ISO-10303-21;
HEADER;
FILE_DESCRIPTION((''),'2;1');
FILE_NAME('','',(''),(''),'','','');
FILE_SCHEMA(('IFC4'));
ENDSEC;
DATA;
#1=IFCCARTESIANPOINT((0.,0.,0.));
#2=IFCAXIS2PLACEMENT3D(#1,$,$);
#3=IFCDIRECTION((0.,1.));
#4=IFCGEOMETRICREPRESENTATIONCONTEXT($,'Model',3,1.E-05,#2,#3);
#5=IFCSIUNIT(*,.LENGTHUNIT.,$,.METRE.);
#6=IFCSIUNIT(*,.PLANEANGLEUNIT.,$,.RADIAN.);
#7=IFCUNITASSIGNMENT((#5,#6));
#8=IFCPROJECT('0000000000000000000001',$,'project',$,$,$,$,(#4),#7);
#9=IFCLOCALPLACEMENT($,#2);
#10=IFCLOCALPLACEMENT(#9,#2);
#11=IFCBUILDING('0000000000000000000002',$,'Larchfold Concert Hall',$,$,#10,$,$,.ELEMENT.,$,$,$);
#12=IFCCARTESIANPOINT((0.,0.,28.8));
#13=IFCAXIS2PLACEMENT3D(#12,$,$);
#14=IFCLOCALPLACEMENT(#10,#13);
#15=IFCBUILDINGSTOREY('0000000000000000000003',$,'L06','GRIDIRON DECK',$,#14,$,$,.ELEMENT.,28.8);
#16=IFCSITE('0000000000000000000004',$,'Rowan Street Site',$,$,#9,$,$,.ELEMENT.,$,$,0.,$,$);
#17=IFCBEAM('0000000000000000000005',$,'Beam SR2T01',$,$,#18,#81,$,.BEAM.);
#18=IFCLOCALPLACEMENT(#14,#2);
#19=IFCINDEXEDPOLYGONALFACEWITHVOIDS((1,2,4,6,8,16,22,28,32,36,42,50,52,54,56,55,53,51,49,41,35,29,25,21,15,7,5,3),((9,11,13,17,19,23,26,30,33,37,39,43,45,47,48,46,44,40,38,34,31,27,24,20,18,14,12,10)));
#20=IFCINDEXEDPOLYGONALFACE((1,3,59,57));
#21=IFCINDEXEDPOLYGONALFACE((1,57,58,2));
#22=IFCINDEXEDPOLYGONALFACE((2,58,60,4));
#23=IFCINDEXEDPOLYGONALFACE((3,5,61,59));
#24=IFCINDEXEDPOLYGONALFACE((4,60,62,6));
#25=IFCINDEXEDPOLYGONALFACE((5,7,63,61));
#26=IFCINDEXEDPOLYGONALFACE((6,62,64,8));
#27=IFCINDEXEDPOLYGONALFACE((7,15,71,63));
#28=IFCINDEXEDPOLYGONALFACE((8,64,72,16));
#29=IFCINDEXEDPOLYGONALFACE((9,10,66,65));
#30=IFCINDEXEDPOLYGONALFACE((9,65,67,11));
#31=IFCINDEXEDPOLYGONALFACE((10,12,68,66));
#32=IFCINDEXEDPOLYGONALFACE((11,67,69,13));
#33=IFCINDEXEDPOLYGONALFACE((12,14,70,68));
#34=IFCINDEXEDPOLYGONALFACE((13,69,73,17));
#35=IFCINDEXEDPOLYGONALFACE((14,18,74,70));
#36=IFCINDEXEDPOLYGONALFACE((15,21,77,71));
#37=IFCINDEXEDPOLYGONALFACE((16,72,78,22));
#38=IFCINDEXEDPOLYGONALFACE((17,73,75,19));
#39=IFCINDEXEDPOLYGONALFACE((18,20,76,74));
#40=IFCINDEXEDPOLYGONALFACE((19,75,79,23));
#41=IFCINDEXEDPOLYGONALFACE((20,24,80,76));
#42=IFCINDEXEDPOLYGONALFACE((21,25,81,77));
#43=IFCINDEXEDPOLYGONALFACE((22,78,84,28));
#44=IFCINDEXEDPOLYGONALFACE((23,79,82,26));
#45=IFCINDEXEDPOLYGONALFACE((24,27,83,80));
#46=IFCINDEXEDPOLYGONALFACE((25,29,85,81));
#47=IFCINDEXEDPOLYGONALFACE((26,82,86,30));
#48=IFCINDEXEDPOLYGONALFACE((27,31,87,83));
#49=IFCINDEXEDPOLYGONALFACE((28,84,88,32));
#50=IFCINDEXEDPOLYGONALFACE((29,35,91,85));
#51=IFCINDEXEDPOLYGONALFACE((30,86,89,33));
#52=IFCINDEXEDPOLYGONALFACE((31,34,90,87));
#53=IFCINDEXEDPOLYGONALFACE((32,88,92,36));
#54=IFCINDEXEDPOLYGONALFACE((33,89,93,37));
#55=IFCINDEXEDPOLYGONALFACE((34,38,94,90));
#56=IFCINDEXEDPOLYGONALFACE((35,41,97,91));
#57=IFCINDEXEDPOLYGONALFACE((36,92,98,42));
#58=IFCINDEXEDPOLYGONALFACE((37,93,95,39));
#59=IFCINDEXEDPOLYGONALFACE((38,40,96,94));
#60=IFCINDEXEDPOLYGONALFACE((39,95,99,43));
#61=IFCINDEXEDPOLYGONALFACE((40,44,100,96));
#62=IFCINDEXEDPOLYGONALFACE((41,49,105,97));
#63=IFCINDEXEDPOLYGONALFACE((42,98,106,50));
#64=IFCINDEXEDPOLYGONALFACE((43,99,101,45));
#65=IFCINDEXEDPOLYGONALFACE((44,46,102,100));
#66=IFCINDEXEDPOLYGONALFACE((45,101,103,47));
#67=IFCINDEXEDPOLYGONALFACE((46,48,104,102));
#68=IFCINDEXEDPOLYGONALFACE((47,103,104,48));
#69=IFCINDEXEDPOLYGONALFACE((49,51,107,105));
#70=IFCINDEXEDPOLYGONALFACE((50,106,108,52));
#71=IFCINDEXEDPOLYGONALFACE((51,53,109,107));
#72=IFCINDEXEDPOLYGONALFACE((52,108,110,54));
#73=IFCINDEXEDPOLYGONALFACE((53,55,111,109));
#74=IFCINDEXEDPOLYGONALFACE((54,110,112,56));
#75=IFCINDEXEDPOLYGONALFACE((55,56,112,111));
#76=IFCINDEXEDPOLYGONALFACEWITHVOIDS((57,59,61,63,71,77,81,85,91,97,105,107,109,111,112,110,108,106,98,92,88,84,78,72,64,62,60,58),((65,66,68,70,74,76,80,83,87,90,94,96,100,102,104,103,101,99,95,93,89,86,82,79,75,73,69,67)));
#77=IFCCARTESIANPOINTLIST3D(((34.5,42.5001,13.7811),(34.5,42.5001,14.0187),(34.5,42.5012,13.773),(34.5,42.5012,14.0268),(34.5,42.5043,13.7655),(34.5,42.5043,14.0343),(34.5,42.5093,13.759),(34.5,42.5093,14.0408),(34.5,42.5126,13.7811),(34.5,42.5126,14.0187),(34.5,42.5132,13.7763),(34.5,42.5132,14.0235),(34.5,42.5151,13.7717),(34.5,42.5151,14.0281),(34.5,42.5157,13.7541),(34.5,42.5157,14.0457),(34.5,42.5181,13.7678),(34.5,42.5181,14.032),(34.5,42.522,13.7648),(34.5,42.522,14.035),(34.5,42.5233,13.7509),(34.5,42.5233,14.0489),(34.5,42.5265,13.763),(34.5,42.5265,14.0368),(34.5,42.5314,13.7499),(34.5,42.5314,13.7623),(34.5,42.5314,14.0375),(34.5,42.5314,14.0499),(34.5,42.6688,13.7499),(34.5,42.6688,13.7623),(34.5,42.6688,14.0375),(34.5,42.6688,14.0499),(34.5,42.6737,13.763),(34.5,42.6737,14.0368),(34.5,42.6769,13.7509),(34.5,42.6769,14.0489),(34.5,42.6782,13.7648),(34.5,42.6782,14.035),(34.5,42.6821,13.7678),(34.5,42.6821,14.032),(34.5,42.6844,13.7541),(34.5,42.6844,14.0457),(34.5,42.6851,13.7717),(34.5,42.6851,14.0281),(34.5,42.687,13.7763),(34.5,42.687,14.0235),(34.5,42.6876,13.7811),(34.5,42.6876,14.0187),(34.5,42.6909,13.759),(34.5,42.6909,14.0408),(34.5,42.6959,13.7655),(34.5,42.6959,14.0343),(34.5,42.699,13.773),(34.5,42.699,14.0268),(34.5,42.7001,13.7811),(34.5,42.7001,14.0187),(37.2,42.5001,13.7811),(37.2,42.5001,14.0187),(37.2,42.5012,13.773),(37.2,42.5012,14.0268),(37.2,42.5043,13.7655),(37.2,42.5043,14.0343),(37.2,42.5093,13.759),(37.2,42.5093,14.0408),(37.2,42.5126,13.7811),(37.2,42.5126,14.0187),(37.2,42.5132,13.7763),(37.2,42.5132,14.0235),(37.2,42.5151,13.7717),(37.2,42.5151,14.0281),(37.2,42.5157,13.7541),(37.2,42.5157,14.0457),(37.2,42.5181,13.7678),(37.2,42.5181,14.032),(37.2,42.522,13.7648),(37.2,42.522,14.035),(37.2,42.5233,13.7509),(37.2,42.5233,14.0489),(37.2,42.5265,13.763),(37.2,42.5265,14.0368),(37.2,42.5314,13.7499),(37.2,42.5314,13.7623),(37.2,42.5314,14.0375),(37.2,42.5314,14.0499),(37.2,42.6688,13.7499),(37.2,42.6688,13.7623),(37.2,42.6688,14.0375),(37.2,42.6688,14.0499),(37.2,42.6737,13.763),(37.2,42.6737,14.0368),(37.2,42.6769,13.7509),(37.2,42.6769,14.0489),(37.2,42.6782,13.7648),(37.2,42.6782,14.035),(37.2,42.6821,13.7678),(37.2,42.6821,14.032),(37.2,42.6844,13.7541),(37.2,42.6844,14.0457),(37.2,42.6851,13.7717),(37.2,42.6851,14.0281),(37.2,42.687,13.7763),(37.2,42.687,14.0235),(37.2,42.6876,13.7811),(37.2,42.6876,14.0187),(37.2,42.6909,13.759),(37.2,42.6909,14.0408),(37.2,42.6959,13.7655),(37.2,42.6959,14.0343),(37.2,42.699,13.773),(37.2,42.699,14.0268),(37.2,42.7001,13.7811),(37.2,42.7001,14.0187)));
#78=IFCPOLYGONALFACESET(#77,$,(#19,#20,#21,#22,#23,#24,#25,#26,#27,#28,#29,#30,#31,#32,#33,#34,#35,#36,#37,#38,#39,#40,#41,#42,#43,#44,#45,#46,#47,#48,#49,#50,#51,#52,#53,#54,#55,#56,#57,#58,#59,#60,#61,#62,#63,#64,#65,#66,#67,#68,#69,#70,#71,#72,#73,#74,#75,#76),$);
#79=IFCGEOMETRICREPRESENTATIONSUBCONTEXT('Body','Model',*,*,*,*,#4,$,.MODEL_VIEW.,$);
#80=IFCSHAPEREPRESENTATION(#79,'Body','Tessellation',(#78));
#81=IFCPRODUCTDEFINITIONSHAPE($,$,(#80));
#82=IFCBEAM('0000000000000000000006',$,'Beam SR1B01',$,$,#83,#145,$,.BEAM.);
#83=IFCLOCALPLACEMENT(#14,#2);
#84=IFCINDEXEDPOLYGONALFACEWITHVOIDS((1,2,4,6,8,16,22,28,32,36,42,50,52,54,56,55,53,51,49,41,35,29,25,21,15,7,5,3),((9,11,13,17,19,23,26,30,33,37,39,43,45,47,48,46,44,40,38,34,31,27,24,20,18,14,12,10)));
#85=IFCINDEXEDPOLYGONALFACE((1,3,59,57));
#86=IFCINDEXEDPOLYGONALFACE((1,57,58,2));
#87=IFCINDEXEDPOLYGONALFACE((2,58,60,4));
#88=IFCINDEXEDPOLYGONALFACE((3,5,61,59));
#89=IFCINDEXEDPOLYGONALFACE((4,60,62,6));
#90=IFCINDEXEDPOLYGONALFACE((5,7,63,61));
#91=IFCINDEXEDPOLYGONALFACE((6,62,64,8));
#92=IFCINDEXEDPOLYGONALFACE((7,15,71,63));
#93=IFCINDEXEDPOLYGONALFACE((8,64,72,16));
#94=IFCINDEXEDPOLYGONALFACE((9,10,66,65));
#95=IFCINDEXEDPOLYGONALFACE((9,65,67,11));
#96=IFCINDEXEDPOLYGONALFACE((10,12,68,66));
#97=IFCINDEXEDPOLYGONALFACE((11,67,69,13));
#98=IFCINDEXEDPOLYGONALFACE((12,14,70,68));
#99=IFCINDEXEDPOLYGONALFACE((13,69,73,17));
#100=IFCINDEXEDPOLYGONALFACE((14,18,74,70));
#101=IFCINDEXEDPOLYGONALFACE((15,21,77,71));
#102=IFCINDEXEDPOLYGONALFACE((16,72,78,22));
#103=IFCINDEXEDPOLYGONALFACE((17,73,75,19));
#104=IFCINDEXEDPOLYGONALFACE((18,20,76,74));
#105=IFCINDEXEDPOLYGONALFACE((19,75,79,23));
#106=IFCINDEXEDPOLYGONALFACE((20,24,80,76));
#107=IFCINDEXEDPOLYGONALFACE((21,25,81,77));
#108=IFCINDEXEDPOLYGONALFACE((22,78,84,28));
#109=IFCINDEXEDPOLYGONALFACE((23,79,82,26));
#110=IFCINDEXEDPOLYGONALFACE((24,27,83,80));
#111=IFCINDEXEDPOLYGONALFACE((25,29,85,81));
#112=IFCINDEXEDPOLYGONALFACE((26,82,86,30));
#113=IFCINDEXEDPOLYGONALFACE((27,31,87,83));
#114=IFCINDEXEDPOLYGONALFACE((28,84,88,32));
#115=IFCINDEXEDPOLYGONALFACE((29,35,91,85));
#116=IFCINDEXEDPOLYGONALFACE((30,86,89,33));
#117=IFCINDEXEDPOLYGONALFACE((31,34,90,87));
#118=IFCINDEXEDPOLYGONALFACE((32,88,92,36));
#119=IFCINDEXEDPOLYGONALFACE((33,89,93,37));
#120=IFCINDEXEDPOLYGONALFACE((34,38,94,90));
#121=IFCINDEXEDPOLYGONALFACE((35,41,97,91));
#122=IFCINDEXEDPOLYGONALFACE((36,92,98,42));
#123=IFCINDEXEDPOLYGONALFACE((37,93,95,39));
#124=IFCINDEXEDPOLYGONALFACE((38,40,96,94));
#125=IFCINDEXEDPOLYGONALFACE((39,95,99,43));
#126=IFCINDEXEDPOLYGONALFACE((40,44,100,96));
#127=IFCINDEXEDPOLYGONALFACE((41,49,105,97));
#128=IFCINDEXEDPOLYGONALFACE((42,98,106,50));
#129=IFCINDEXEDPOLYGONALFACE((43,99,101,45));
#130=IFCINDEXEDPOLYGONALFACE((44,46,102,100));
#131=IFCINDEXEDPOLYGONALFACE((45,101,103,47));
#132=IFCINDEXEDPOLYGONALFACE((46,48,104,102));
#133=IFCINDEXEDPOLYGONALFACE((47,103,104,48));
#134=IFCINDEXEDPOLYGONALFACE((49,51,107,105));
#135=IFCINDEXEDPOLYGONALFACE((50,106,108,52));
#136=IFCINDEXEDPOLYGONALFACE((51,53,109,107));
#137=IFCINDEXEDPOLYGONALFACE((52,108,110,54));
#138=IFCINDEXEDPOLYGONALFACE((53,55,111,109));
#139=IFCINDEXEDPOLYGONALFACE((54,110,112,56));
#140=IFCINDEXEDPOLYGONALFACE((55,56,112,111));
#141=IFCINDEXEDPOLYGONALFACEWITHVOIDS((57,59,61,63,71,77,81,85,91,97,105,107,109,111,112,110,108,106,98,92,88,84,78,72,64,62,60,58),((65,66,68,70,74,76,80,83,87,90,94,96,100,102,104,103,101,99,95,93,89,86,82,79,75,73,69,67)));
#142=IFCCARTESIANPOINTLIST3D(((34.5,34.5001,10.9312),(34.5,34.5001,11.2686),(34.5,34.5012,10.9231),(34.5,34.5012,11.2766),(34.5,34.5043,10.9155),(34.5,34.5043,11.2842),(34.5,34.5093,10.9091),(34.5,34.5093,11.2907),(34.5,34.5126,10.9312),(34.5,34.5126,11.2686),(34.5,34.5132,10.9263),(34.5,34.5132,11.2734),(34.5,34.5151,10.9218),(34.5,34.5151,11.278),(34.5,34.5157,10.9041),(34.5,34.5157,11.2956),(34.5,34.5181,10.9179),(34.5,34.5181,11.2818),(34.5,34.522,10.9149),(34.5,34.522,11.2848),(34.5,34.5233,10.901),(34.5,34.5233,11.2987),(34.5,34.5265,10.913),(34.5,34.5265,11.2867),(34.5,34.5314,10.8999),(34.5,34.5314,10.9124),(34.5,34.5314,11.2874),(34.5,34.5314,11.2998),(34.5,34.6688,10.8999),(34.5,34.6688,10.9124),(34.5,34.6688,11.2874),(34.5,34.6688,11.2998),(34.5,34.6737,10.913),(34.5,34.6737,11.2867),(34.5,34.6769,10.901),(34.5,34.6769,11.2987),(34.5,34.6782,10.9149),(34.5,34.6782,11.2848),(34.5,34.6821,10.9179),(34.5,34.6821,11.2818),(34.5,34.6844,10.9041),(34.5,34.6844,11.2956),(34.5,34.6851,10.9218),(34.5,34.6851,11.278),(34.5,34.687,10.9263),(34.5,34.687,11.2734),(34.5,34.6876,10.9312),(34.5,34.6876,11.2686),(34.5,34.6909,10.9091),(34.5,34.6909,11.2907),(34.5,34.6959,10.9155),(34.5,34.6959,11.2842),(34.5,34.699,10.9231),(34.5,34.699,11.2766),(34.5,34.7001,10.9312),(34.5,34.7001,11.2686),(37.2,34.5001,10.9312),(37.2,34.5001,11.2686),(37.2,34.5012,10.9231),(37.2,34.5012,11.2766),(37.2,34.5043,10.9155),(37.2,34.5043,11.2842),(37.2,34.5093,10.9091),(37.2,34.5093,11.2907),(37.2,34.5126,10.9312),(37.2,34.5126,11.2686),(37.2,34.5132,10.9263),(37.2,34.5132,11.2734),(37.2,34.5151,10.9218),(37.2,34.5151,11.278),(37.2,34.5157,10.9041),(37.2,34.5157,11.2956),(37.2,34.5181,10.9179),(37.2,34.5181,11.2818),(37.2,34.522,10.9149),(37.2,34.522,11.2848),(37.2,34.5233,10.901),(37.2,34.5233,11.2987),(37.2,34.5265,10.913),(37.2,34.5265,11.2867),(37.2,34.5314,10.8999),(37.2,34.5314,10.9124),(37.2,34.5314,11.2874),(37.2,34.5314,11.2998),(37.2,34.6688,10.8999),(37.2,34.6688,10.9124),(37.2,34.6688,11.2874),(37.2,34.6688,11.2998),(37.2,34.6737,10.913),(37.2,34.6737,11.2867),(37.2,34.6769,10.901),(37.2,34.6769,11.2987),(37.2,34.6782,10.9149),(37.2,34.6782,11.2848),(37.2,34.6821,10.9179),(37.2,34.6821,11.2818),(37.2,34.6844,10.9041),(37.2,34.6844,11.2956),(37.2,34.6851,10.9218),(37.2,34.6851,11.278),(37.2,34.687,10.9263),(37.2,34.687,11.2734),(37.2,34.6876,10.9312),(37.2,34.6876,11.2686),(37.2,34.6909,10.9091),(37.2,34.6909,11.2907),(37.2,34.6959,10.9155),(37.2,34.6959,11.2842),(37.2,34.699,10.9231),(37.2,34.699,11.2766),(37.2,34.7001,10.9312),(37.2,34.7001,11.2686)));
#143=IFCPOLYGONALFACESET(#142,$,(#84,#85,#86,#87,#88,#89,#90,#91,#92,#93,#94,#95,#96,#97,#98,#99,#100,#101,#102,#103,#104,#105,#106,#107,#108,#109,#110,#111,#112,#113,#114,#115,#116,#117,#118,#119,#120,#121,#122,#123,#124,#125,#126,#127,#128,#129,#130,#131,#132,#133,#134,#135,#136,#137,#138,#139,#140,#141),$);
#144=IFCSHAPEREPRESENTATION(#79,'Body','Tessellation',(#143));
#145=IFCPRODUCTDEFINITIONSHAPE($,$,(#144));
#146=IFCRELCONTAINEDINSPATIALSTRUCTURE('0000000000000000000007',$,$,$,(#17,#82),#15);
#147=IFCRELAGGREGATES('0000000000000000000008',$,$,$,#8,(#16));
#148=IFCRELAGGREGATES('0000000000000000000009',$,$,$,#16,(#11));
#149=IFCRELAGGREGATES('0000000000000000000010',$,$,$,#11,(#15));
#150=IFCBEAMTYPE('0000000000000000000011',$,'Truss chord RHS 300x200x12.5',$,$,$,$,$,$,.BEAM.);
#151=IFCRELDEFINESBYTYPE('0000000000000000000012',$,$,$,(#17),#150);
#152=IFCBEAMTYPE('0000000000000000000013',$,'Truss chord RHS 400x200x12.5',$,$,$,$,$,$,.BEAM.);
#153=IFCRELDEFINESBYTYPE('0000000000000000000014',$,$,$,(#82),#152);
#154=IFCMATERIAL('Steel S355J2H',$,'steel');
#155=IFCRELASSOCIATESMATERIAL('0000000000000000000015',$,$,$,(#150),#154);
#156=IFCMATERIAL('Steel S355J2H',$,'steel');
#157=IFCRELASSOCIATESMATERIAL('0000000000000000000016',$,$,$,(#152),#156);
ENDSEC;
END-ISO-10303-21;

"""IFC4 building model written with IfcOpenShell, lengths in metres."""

from ifc_helpers import new_model, si_unit, direction, frame, origin, origin_2d, place, context, subcontext, project, spatial, hollow_rectangle, extrude, material, material_profile, profile_set, type_object, element, save


model = new_model("IFC4")

# Units and contexts
model_context = context("Model", 3, precision=1e-05, world=origin(), true_north=direction((0.0, 1.0)))
body_context = subcontext(model_context, "Body", "Model", "MODEL_VIEW")
ifc_project = project(units=[si_unit("LENGTHUNIT", "METRE"), si_unit("PLANEANGLEUNIT", "RADIAN")], contexts=[model_context])

# Site, building, storey
site_placement = place(None, origin())
site = spatial("IfcSite", under=ifc_project, at=site_placement, Name="Rowan Street Site", CompositionType="ELEMENT", RefElevation=0.0)
building_placement = place(site_placement, origin())
building = spatial("IfcBuilding", under=site, at=building_placement, Name="Larchfold Concert Hall", CompositionType="ELEMENT")
storey_placement = place(building_placement, frame((0.0, 0.0, 28.8)))
storey = spatial("IfcBuildingStorey", under=building, at=storey_placement, Name="L06", Description="GRIDIRON DECK", CompositionType="ELEMENT", Elevation=28.8)

# Beams
ifc_material_1 = material(Name="Steel S355J2H", Category="steel")
ifc_material_profile_1 = material_profile(ifc_material_1, hollow_rectangle(XDim=0.2, YDim=0.3, WallThickness=0.0125, InnerFilletRadius=0.0188, OuterFilletRadius=0.0312, at=origin_2d()))
ifc_profile_set_1 = profile_set([ifc_material_profile_1], Name="Steel S355J2H")
beam_type_1 = type_object("IfcBeamType", Name="Truss chord RHS 300x200x12.5", PredefinedType="BEAM", material=ifc_profile_set_1)
for number, where, z_axis, x_axis, name in (
    (1, (34.5, 42.6001, 13.8999), (1.0, 0.0, 0.0), (0.0, 1.0, 0.0), "Beam SR2T01"),
):
    element("IfcBeam", number, at=place(storey_placement, frame(where, z_axis=z_axis, x_axis=x_axis)), inside=storey, type_object=beam_type_1, Name=name, PredefinedType="BEAM", context=body_context, shape_type="SweptSolid", body=[
        extrude(hollow_rectangle(XDim=0.2, YDim=0.3, WallThickness=0.0125, InnerFilletRadius=0.0188, OuterFilletRadius=0.0312, at=origin_2d()), origin(), (0.0, 0.0, 1.0), 2.7),
    ])
ifc_material_2 = material(Name="Steel S355J2H", Category="steel")
ifc_material_profile_2 = material_profile(ifc_material_2, hollow_rectangle(XDim=0.2, YDim=0.3999, WallThickness=0.0125, InnerFilletRadius=0.0188, OuterFilletRadius=0.0312, at=origin_2d()))
ifc_profile_set_2 = profile_set([ifc_material_profile_2], Name="Steel S355J2H")
beam_type_2 = type_object("IfcBeamType", Name="Truss chord RHS 400x200x12.5", PredefinedType="BEAM", material=ifc_profile_set_2)
for number, where, z_axis, x_axis, name in (
    (2, (34.5, 34.6001, 11.0999), (1.0, 0.0, 0.0), (0.0, 1.0, 0.0), "Beam SR1B01"),
):
    element("IfcBeam", number, at=place(storey_placement, frame(where, z_axis=z_axis, x_axis=x_axis)), inside=storey, type_object=beam_type_2, Name=name, PredefinedType="BEAM", context=body_context, shape_type="SweptSolid", body=[
        extrude(hollow_rectangle(XDim=0.2, YDim=0.3999, WallThickness=0.0125, InnerFilletRadius=0.0188, OuterFilletRadius=0.0312, at=origin_2d()), origin(), (0.0, 0.0, 1.0), 2.7),
    ])

save(model, "model.ifc")
